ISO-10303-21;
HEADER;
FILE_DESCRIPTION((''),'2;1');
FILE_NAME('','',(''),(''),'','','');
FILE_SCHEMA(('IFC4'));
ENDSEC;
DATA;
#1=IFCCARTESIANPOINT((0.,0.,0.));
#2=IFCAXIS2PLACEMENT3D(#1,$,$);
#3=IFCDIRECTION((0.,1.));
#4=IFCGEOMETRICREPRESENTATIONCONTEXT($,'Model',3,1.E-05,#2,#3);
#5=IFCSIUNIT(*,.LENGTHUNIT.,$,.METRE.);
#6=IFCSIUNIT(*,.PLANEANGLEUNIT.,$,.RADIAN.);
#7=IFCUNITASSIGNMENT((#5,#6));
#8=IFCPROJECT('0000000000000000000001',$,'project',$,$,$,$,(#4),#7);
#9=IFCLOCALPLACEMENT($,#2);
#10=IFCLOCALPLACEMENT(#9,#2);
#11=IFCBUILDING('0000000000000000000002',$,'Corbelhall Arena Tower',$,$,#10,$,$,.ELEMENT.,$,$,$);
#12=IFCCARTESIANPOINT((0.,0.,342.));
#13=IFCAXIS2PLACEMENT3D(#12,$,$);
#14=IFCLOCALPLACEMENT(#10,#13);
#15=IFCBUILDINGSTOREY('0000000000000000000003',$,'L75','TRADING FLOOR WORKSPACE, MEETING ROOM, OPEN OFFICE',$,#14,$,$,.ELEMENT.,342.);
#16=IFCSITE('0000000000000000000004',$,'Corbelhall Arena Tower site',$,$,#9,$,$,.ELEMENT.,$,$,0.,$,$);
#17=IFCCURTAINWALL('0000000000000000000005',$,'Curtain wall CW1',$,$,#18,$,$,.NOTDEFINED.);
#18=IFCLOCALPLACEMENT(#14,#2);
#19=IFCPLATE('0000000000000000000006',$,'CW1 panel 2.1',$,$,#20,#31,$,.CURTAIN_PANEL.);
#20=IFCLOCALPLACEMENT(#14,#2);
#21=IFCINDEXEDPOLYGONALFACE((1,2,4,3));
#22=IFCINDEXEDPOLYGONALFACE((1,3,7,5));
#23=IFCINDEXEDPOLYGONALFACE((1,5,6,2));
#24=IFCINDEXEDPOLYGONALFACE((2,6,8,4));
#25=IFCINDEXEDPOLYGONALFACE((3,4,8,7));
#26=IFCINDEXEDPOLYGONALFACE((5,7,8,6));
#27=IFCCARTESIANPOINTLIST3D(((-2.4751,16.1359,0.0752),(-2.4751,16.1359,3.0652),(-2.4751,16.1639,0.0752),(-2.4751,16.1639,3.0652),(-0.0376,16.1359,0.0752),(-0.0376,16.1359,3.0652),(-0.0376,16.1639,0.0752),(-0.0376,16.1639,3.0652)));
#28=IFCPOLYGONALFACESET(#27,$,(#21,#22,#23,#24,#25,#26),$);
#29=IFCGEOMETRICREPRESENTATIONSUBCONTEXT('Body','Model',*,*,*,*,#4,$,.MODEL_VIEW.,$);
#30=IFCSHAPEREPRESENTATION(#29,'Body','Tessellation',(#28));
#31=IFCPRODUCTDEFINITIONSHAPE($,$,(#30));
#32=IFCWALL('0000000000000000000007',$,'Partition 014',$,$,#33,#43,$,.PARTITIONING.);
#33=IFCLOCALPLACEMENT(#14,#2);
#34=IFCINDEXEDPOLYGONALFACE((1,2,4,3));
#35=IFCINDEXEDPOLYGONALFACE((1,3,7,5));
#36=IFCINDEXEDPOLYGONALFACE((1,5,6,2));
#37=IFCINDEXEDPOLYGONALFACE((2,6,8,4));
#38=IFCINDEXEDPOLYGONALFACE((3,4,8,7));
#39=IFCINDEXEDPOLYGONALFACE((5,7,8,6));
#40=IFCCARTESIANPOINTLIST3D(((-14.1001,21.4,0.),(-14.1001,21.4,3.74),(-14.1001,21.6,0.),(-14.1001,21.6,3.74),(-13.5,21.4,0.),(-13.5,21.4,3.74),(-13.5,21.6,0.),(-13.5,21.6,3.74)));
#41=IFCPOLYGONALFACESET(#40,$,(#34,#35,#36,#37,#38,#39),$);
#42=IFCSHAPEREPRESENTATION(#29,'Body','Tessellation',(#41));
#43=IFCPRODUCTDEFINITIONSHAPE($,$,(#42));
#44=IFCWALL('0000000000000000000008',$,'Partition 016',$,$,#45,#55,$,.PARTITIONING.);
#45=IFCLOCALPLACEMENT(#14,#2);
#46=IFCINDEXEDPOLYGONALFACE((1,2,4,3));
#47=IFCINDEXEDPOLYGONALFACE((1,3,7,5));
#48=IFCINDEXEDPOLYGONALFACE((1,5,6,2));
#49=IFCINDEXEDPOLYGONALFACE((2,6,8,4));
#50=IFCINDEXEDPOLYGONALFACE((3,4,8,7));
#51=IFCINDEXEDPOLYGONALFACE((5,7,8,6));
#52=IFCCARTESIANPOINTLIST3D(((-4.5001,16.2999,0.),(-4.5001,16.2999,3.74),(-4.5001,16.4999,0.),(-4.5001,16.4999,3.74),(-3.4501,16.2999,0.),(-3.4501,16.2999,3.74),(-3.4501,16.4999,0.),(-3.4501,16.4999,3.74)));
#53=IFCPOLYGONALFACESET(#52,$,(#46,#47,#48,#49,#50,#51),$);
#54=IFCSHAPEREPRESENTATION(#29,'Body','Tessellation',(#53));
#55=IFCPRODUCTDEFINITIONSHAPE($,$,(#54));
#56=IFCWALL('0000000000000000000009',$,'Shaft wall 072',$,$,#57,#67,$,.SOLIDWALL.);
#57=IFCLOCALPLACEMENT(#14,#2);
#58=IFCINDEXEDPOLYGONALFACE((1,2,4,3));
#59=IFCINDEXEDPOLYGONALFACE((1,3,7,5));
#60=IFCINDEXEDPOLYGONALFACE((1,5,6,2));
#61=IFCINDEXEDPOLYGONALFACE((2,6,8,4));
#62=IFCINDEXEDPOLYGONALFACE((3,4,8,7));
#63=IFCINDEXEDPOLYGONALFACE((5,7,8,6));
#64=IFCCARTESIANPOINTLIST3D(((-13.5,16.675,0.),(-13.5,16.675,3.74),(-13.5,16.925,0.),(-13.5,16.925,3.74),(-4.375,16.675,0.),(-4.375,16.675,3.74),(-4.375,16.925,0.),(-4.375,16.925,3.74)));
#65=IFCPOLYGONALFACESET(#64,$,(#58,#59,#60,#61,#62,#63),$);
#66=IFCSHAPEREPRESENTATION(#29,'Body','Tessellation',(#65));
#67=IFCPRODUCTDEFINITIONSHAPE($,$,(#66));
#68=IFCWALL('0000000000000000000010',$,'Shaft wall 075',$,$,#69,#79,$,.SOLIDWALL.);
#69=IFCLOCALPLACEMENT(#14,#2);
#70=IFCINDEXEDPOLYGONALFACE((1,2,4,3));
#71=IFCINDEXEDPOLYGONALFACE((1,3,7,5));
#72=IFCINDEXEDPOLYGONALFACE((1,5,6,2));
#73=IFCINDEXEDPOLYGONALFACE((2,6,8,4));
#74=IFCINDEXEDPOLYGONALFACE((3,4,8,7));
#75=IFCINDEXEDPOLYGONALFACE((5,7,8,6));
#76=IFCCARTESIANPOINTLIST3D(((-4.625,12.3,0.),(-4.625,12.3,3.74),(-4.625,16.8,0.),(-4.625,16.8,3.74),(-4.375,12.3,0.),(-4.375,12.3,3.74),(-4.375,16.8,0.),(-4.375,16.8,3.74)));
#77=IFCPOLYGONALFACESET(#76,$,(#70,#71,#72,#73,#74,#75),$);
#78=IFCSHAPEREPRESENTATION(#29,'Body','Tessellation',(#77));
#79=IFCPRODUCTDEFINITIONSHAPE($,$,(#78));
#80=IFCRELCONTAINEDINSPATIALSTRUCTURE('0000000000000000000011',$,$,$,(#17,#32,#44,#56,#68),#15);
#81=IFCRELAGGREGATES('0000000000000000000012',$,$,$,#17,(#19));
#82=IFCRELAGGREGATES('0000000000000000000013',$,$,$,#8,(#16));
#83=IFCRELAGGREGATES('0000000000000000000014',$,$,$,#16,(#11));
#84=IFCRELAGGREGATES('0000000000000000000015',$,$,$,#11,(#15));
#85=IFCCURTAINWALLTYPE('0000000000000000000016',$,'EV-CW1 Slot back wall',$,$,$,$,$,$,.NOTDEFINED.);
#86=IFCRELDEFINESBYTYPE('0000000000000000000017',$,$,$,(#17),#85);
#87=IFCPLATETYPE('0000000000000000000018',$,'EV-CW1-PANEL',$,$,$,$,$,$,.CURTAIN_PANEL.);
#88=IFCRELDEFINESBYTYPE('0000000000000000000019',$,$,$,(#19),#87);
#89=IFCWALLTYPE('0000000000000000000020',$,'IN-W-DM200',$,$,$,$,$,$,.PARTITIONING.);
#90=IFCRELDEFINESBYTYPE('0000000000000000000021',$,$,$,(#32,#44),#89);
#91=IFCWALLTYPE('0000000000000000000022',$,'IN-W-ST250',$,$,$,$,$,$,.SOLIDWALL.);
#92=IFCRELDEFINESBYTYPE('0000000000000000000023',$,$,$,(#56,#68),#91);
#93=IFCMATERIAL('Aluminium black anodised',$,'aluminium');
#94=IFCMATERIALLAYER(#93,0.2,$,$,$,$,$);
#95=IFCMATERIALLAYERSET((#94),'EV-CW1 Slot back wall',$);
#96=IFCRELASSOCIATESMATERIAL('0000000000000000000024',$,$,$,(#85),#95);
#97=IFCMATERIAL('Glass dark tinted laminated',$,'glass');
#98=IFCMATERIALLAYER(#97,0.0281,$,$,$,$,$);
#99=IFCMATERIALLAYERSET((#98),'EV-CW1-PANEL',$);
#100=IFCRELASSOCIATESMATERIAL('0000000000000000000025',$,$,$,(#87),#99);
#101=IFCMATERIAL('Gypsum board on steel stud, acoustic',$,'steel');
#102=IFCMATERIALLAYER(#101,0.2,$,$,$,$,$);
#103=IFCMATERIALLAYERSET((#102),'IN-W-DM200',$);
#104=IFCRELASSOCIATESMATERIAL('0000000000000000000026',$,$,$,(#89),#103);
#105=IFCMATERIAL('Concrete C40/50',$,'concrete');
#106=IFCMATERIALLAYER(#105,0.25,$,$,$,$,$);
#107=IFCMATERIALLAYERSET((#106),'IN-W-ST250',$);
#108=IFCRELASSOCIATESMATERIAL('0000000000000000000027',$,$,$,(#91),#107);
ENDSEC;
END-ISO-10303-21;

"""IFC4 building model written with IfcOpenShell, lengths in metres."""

from ifc_helpers import new_model, si_unit, direction, frame, frame_2d, origin, origin_2d, place, context, subcontext, project, spatial, rectangle, extrude, material, layer, layer_set, type_object, element, aggregate, save


model = new_model("IFC4")

# Units and contexts
model_context = context("Model", 3, precision=1e-05, world=origin(), true_north=direction((0.0, 1.0)))
body_context = subcontext(model_context, "Body", "Model", "MODEL_VIEW")
ifc_project = project(units=[si_unit("LENGTHUNIT", "METRE"), si_unit("PLANEANGLEUNIT", "RADIAN")], contexts=[model_context])

# Site, building, storey
site_placement = place(None, origin())
site = spatial("IfcSite", under=ifc_project, at=site_placement, Name="Corbelhall Arena Tower site", CompositionType="ELEMENT", RefElevation=0.0)
building_placement = place(site_placement, origin())
building = spatial("IfcBuilding", under=site, at=building_placement, Name="Corbelhall Arena Tower", CompositionType="ELEMENT")
storey_placement = place(building_placement, frame((0.0, 0.0, 342.0)))
storey = spatial("IfcBuildingStorey", under=building, at=storey_placement, Name="L75", Description="TRADING FLOOR WORKSPACE, MEETING ROOM, OPEN OFFICE", CompositionType="ELEMENT", Elevation=342.0)

# Curtain wall
ifc_material_1 = material(Name="Aluminium black anodised", Category="aluminium")
ifc_layer_1 = layer(ifc_material_1, 0.2)
ifc_layer_set_1 = layer_set([ifc_layer_1], Name="EV-CW1 Slot back wall")
curtain_wall_type = type_object("IfcCurtainWallType", Name="EV-CW1 Slot back wall", PredefinedType="NOTDEFINED", material=ifc_layer_set_1)
curtain_wall_placement = place(storey_placement, origin())
curtain_wall = element("IfcCurtainWall", 1, at=curtain_wall_placement, inside=storey, type_object=curtain_wall_type, Name="Curtain wall CW1", PredefinedType="NOTDEFINED")

# Plate
ifc_material_2 = material(Name="Glass dark tinted laminated", Category="glass")
ifc_layer_2 = layer(ifc_material_2, 0.0281)
ifc_layer_set_2 = layer_set([ifc_layer_2], Name="EV-CW1-PANEL")
plate_type = type_object("IfcPlateType", Name="EV-CW1-PANEL", PredefinedType="CURTAIN_PANEL", material=ifc_layer_set_2)
plate_placement = place(storey_placement, frame((-1.2563, 16.1499, 0.0752), z_axis=(0.0, 0.0, 1.0), x_axis=(-1.0, 0.0, 0.0)))
plate = element("IfcPlate", 2, at=plate_placement, type_object=plate_type, Name="CW1 panel 2.1", PredefinedType="CURTAIN_PANEL", context=body_context, shape_type="SweptSolid", body=[
    extrude(rectangle(XDim=2.4375, YDim=0.0281, at=origin_2d()), origin(), (0.0, 0.0, 1.0), 2.99),
])
aggregate(curtain_wall, [plate])

# Wall
ifc_material_3 = material(Name="Gypsum board on steel stud, acoustic", Category="steel")
ifc_layer_3 = layer(ifc_material_3, 0.2)
ifc_layer_set_3 = layer_set([ifc_layer_3], Name="IN-W-DM200")
wall_type_1 = type_object("IfcWallType", Name="IN-W-DM200", PredefinedType="PARTITIONING", material=ifc_layer_set_3)
wall_1_placement = place(storey_placement, frame((-13.5, 21.5, 0.0), z_axis=(0.0, 0.0, 1.0), x_axis=(-1.0, 0.0, 0.0)))
element("IfcWall", 3, at=wall_1_placement, inside=storey, type_object=wall_type_1, Name="Partition 014", PredefinedType="PARTITIONING", context=body_context, shape_type="SweptSolid", body=[
    extrude(rectangle(XDim=0.6001, YDim=0.2, at=frame_2d((0.3, 0.0))), origin(), (0.0, 0.0, 1.0), 3.74),
])

# Walls
wall_2_placement = place(storey_placement, frame((-4.5, 16.3999, 0.0), z_axis=(0.0, 0.0, 1.0), x_axis=(1.0, 0.0, 0.0)))
element("IfcWall", 4, at=wall_2_placement, inside=storey, type_object=wall_type_1, Name="Partition 016", PredefinedType="PARTITIONING", context=body_context, shape_type="SweptSolid", body=[
    extrude(rectangle(XDim=1.05, YDim=0.2, at=frame_2d((0.5249, 0.0))), origin(), (0.0, 0.0, 1.0), 3.74),
])
ifc_material_4 = material(Name="Concrete C40/50", Category="concrete")
ifc_layer_4 = layer(ifc_material_4, 0.25)
ifc_layer_set_4 = layer_set([ifc_layer_4], Name="IN-W-ST250")
wall_type_2 = type_object("IfcWallType", Name="IN-W-ST250", PredefinedType="SOLIDWALL", material=ifc_layer_set_4)
wall_3_placement = place(storey_placement, frame((-13.5, 16.8, 0.0), z_axis=(0.0, 0.0, 1.0), x_axis=(1.0, 0.0, 0.0)))
element("IfcWall", 5, at=wall_3_placement, inside=storey, type_object=wall_type_2, Name="Shaft wall 072", PredefinedType="SOLIDWALL", context=body_context, shape_type="SweptSolid", body=[
    extrude(rectangle(XDim=9.125, YDim=0.25, at=frame_2d((4.5625, 0.0))), origin(), (0.0, 0.0, 1.0), 3.74),
])
wall_4_placement = place(storey_placement, frame((-4.5, 16.8, 0.0), z_axis=(0.0, 0.0, 1.0), x_axis=(0.0, -1.0, 0.0)))
element("IfcWall", 6, at=wall_4_placement, inside=storey, type_object=wall_type_2, Name="Shaft wall 075", PredefinedType="SOLIDWALL", context=body_context, shape_type="SweptSolid", body=[
    extrude(rectangle(XDim=4.5, YDim=0.25, at=frame_2d((2.25, 0.0))), origin(), (0.0, 0.0, 1.0), 3.74),
])

save(model, "model.ifc")
